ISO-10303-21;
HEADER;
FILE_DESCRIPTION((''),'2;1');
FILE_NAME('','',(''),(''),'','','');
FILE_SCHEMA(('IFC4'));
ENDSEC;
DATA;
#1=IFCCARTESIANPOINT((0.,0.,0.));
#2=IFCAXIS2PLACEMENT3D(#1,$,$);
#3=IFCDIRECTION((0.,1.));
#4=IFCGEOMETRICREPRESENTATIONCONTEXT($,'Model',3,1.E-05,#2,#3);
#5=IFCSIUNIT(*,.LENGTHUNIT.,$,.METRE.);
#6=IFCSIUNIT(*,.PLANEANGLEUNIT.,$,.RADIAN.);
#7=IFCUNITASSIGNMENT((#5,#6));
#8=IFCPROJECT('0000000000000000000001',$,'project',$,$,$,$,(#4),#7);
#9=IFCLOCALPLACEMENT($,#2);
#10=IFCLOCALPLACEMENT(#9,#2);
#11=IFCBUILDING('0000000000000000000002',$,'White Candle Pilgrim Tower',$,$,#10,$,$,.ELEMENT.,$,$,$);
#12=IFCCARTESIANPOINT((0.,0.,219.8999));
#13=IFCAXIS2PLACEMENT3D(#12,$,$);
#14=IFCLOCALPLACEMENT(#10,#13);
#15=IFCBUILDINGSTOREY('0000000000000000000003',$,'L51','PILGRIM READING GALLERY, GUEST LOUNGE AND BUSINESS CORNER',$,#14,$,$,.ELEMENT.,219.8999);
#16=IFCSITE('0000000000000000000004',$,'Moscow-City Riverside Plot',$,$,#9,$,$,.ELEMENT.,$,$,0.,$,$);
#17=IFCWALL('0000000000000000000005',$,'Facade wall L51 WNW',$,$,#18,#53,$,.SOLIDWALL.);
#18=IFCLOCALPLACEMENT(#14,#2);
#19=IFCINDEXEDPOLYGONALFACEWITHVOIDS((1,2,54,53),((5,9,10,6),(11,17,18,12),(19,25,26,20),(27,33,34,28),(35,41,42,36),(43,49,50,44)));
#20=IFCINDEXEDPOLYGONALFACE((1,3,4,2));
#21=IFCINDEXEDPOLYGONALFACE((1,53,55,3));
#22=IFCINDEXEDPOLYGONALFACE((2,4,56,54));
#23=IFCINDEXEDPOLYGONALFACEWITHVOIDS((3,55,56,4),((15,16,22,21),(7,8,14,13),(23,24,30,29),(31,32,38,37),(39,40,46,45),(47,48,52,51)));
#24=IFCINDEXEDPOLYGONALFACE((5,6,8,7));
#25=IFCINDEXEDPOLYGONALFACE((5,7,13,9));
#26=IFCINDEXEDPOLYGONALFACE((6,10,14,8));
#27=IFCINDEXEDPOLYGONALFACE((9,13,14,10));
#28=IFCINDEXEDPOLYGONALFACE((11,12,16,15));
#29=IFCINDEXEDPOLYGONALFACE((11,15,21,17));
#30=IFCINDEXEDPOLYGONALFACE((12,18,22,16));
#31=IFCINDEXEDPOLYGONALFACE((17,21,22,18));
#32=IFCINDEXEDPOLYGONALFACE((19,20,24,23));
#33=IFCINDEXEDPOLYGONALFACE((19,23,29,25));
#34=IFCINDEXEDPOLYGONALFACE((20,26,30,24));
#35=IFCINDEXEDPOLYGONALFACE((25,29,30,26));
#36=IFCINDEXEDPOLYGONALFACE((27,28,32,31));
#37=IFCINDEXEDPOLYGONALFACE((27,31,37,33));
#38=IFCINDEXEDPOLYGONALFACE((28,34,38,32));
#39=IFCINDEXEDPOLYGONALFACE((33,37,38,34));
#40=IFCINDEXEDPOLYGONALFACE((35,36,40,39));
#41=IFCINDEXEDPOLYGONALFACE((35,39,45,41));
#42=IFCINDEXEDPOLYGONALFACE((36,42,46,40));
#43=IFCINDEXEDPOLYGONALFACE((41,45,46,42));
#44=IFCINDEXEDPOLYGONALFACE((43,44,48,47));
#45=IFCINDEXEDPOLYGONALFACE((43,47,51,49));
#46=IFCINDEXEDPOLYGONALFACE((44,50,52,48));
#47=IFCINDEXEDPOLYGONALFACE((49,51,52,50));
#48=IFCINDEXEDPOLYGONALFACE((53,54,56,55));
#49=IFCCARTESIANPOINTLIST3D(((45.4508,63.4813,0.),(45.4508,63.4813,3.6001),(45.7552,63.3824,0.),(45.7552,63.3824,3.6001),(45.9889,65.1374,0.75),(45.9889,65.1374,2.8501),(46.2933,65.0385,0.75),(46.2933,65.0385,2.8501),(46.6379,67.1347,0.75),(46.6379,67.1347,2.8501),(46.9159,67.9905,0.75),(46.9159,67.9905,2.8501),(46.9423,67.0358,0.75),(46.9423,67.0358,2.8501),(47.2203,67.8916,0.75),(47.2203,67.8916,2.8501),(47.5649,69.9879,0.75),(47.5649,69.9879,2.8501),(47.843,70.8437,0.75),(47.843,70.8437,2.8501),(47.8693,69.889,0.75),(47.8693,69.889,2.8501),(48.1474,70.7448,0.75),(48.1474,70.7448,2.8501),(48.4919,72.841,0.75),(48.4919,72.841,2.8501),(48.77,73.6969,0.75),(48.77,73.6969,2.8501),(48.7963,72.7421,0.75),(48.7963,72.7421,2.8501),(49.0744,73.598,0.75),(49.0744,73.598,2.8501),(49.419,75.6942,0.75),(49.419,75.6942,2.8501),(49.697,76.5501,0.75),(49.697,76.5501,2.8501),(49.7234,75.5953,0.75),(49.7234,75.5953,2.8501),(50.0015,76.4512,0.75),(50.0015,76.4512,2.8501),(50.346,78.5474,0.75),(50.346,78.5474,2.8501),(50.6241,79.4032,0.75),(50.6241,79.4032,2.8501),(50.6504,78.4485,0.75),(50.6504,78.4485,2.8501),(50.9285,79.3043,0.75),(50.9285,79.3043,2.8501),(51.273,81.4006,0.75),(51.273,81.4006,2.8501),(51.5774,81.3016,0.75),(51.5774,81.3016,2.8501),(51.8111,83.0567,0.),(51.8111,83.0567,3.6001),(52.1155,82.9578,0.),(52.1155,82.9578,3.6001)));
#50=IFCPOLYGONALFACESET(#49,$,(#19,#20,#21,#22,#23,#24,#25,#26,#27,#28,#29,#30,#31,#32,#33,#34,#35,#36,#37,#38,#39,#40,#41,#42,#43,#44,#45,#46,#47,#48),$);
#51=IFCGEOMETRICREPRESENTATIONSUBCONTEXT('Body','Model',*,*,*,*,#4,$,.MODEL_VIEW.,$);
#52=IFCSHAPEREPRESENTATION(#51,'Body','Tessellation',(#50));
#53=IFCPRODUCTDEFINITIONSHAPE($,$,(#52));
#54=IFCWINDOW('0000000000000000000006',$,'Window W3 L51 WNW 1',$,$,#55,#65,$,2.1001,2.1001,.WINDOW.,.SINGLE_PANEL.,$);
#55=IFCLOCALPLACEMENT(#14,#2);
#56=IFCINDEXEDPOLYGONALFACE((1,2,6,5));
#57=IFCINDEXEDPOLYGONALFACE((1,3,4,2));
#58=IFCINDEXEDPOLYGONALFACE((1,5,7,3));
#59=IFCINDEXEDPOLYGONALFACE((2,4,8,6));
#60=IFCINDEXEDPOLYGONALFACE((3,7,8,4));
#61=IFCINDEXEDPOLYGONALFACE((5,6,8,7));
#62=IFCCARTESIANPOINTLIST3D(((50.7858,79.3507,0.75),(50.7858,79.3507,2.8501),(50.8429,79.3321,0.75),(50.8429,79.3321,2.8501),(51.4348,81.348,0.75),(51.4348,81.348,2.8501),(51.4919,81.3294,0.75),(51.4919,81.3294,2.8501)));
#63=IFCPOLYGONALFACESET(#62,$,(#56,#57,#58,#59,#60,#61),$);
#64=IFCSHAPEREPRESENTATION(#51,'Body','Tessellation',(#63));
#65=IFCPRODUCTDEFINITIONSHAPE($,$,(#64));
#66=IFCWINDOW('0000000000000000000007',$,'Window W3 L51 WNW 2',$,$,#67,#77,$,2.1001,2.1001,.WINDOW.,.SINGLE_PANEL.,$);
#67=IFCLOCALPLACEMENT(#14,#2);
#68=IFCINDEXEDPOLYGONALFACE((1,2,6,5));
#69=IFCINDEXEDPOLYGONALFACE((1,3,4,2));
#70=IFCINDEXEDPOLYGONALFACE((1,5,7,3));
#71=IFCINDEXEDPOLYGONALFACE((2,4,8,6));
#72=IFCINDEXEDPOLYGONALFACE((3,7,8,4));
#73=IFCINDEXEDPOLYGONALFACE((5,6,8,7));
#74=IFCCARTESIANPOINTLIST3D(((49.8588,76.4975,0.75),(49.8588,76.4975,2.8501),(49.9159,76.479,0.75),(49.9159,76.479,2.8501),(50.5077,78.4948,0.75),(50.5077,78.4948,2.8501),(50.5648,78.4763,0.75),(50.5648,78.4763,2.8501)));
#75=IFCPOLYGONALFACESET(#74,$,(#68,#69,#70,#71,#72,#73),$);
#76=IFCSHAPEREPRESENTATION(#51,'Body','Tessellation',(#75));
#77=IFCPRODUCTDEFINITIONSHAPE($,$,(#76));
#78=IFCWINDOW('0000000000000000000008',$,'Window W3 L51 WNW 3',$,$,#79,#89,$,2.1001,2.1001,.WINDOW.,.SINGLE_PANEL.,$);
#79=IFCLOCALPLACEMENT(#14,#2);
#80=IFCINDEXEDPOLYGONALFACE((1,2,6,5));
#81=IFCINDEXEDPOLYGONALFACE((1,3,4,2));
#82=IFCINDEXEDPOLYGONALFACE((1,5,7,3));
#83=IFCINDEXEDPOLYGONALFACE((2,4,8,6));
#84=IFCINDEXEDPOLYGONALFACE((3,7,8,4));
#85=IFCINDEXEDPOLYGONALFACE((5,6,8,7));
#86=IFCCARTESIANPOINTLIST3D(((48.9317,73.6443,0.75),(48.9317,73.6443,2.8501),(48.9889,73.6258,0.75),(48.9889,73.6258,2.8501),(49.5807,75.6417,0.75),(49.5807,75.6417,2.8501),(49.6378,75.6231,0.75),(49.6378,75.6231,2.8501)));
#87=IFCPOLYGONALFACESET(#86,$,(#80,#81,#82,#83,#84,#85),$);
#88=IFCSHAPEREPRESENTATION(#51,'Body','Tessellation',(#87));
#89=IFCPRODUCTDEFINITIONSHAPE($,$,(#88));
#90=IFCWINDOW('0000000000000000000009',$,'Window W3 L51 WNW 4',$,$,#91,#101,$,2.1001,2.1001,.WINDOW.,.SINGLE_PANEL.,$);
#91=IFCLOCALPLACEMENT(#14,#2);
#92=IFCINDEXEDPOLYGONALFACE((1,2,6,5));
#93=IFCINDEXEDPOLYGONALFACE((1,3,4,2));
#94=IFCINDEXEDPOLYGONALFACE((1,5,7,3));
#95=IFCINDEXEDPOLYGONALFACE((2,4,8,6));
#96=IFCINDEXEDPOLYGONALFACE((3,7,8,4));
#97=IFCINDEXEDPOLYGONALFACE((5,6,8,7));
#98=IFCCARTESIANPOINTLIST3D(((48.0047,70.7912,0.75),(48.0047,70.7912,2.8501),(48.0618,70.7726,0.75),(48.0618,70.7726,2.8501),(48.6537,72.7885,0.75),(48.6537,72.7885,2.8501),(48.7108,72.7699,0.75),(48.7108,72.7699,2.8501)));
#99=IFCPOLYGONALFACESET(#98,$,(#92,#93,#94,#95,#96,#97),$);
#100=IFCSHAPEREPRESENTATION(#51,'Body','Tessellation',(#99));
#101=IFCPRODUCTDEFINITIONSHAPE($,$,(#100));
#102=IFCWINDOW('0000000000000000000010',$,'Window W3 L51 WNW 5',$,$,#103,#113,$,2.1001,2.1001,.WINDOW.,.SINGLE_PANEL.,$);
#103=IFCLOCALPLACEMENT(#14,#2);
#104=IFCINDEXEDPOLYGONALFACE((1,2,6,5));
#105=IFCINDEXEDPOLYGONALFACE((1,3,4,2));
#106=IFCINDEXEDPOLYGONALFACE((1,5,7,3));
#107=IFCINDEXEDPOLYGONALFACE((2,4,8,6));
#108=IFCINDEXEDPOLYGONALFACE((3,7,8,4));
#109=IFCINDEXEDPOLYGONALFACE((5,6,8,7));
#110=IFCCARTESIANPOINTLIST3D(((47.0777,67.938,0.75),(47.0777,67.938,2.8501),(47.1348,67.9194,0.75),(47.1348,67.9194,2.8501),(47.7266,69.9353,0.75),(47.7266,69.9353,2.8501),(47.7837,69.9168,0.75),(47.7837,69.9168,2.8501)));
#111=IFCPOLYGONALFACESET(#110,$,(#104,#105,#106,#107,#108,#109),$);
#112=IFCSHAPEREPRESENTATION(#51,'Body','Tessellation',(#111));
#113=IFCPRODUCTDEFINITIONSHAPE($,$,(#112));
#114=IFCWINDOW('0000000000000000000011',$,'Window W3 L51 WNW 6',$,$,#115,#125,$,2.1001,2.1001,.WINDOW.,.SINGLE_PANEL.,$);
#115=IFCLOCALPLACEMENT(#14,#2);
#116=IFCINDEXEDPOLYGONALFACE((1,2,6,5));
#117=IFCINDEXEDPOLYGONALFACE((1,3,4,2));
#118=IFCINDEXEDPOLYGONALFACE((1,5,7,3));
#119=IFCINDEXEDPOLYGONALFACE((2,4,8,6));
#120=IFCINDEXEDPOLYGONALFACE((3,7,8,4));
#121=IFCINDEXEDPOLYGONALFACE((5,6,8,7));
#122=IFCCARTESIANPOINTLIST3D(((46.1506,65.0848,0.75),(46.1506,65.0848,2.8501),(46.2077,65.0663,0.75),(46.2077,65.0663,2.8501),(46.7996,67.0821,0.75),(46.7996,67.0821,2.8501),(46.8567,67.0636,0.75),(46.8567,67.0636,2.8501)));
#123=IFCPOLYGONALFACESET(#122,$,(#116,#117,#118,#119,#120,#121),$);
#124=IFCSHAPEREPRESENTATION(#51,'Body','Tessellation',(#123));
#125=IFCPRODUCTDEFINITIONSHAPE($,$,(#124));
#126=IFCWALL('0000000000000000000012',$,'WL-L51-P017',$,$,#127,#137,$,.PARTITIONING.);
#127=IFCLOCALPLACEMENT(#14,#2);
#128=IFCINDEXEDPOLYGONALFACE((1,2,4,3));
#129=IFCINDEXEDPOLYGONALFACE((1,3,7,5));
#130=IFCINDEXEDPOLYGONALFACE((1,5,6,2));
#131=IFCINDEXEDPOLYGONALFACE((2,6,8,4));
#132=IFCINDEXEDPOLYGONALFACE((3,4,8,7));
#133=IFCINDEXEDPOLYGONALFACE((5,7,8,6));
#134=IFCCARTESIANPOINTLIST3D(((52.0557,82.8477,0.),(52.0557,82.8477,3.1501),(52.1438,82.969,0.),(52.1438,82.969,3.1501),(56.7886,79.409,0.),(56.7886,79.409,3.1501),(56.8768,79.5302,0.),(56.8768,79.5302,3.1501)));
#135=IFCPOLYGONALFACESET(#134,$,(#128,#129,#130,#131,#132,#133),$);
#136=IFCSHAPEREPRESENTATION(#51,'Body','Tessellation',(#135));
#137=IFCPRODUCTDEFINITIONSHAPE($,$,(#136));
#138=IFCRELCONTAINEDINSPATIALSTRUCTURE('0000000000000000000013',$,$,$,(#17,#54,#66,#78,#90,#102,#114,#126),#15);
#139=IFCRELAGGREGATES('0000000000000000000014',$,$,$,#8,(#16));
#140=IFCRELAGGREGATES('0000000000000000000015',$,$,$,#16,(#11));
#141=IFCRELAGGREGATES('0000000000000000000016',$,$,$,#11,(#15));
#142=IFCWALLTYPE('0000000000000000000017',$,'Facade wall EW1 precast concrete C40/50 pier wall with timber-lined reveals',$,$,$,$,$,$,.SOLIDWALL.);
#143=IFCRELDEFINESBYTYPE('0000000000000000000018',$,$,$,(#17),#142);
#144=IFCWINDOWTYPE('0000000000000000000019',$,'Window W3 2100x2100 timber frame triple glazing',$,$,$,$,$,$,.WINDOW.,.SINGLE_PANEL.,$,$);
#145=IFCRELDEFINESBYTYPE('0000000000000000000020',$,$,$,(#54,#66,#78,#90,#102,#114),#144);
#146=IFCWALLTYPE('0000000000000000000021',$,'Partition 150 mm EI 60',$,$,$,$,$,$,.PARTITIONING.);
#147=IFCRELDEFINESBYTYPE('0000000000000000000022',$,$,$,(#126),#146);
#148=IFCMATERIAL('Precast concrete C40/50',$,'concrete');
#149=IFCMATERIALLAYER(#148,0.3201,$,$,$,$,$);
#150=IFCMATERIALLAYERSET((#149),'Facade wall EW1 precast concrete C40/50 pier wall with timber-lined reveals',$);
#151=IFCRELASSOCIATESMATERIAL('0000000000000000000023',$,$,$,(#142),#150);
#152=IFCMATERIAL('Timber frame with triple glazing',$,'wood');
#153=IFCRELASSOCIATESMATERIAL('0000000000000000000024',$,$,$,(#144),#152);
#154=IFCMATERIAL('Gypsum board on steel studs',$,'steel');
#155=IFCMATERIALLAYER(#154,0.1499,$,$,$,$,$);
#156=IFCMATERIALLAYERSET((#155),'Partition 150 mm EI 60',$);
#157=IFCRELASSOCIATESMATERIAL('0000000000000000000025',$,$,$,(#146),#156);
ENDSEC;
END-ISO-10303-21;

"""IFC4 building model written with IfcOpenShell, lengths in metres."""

from ifc_helpers import new_model, si_unit, direction, frame, frame_2d, origin, place, context, subcontext, project, spatial, rectangle, extrude, material, layer, layer_set, type_object, element, fill, save


model = new_model("IFC4")

# Units and contexts
model_context = context("Model", 3, precision=1e-05, world=origin(), true_north=direction((0.0, 1.0)))
body_context = subcontext(model_context, "Body", "Model", "MODEL_VIEW")
ifc_project = project(units=[si_unit("LENGTHUNIT", "METRE"), si_unit("PLANEANGLEUNIT", "RADIAN")], contexts=[model_context])

# Site, building, storey
site_placement = place(None, origin())
site = spatial("IfcSite", under=ifc_project, at=site_placement, Name="Moscow-City Riverside Plot", CompositionType="ELEMENT", RefElevation=0.0)
building_placement = place(site_placement, origin())
building = spatial("IfcBuilding", under=site, at=building_placement, Name="White Candle Pilgrim Tower", CompositionType="ELEMENT")
storey_placement = place(building_placement, frame((0.0, 0.0, 219.8999)))
storey = spatial("IfcBuildingStorey", under=building, at=storey_placement, Name="L51", Description="PILGRIM READING GALLERY, GUEST LOUNGE AND BUSINESS CORNER", CompositionType="ELEMENT", Elevation=219.8999)

# Wall, openings, windows
ifc_material_1 = material(Name="Precast concrete C40/50", Category="concrete")
ifc_layer_1 = layer(ifc_material_1, 0.3201)
ifc_layer_set_1 = layer_set([ifc_layer_1], Name="Facade wall EW1 precast concrete C40/50 pier wall with timber-lined reveals")
wall_type_1 = type_object("IfcWallType", Name="Facade wall EW1 precast concrete C40/50 pier wall with timber-lined reveals", PredefinedType="SOLIDWALL", material=ifc_layer_set_1)
wall_1_placement = place(storey_placement, frame((51.9634, 83.0073, 0.0), z_axis=(0.0, 0.0, 1.0), x_axis=(-0.309013, -0.951058, 0.0)))
wall_1 = element("IfcWall", 1, at=wall_1_placement, inside=storey, type_object=wall_type_1, Name="Facade wall L51 WNW", PredefinedType="SOLIDWALL", context=body_context, shape_type="SweptSolid", body=[
    extrude(rectangle(XDim=20.5828, YDim=0.3201, at=frame_2d((10.2915, 0.0))), origin(), (0.0, 0.0, 1.0), 3.6001),
])
opening_1_placement = place(wall_1_placement, frame((1.7415, 0.0, 0.75)))
opening_1 = element("IfcOpeningElement", 2, at=opening_1_placement, cuts=wall_1, PredefinedType="OPENING", context=body_context, shape_type="SweptSolid", body=[
    extrude(rectangle(XDim=2.1001, YDim=2.1001, at=frame_2d((1.05, 1.05))), frame((0.0, 0.1699, 0.0), z_axis=(0.0, -1.0, 0.0), x_axis=(1.0, 0.0, 0.0)), (0.0, 0.0, 1.0), 0.3401),
])
opening_2_placement = place(wall_1_placement, frame((4.7415, 0.0, 0.75)))
opening_2 = element("IfcOpeningElement", 3, at=opening_2_placement, cuts=wall_1, PredefinedType="OPENING", context=body_context, shape_type="SweptSolid", body=[
    extrude(rectangle(XDim=2.1001, YDim=2.1001, at=frame_2d((1.05, 1.05))), frame((0.0, 0.1699, 0.0), z_axis=(0.0, -1.0, 0.0), x_axis=(1.0, 0.0, 0.0)), (0.0, 0.0, 1.0), 0.3401),
])
opening_3_placement = place(wall_1_placement, frame((7.7415, 0.0, 0.75)))
opening_3 = element("IfcOpeningElement", 4, at=opening_3_placement, cuts=wall_1, PredefinedType="OPENING", context=body_context, shape_type="SweptSolid", body=[
    extrude(rectangle(XDim=2.1001, YDim=2.1001, at=frame_2d((1.05, 1.05))), frame((0.0, 0.1699, 0.0), z_axis=(0.0, -1.0, 0.0), x_axis=(1.0, 0.0, 0.0)), (0.0, 0.0, 1.0), 0.3401),
])
opening_4_placement = place(wall_1_placement, frame((10.7415, 0.0, 0.75)))
opening_4 = element("IfcOpeningElement", 5, at=opening_4_placement, cuts=wall_1, PredefinedType="OPENING", context=body_context, shape_type="SweptSolid", body=[
    extrude(rectangle(XDim=2.1001, YDim=2.1001, at=frame_2d((1.05, 1.05))), frame((0.0, 0.1699, 0.0), z_axis=(0.0, -1.0, 0.0), x_axis=(1.0, 0.0, 0.0)), (0.0, 0.0, 1.0), 0.3401),
])
opening_5_placement = place(wall_1_placement, frame((13.7415, 0.0, 0.75)))
opening_5 = element("IfcOpeningElement", 6, at=opening_5_placement, cuts=wall_1, PredefinedType="OPENING", context=body_context, shape_type="SweptSolid", body=[
    extrude(rectangle(XDim=2.1001, YDim=2.1001, at=frame_2d((1.05, 1.05))), frame((0.0, 0.1699, 0.0), z_axis=(0.0, -1.0, 0.0), x_axis=(1.0, 0.0, 0.0)), (0.0, 0.0, 1.0), 0.3401),
])
opening_6_placement = place(wall_1_placement, frame((16.7415, 0.0, 0.75)))
opening_6 = element("IfcOpeningElement", 7, at=opening_6_placement, cuts=wall_1, PredefinedType="OPENING", context=body_context, shape_type="SweptSolid", body=[
    extrude(rectangle(XDim=2.1001, YDim=2.1001, at=frame_2d((1.05, 1.05))), frame((0.0, 0.1699, 0.0), z_axis=(0.0, -1.0, 0.0), x_axis=(1.0, 0.0, 0.0)), (0.0, 0.0, 1.0), 0.3401),
])
ifc_material_2 = material(Name="Timber frame with triple glazing", Category="wood")
window_type = type_object("IfcWindowType", Name="Window W3 2100x2100 timber frame triple glazing", PartitioningType="SINGLE_PANEL", PredefinedType="WINDOW", material=ifc_material_2)
window_1_placement = place(opening_1_placement, origin())
window_1 = element("IfcWindow", 8, at=window_1_placement, inside=storey, type_object=window_type, Name="Window W3 L51 WNW 1", OverallHeight=2.1001, OverallWidth=2.1001, PartitioningType="SINGLE_PANEL", PredefinedType="WINDOW", context=body_context, shape_type="SweptSolid", body=[
    extrude(rectangle(XDim=2.1001, YDim=2.1001, at=frame_2d((1.05, 1.05))), frame((0.0, 0.0701, 0.0), z_axis=(0.0, -1.0, 0.0), x_axis=(1.0, 0.0, 0.0)), (0.0, 0.0, 1.0), 0.0601),
])
fill(opening_1, window_1)
window_2_placement = place(opening_2_placement, origin())
window_2 = element("IfcWindow", 9, at=window_2_placement, inside=storey, type_object=window_type, Name="Window W3 L51 WNW 2", OverallHeight=2.1001, OverallWidth=2.1001, PartitioningType="SINGLE_PANEL", PredefinedType="WINDOW", context=body_context, shape_type="SweptSolid", body=[
    extrude(rectangle(XDim=2.1001, YDim=2.1001, at=frame_2d((1.05, 1.05))), frame((0.0, 0.0701, 0.0), z_axis=(0.0, -1.0, 0.0), x_axis=(1.0, 0.0, 0.0)), (0.0, 0.0, 1.0), 0.0601),
])
fill(opening_2, window_2)
window_3_placement = place(opening_3_placement, origin())
window_3 = element("IfcWindow", 10, at=window_3_placement, inside=storey, type_object=window_type, Name="Window W3 L51 WNW 3", OverallHeight=2.1001, OverallWidth=2.1001, PartitioningType="SINGLE_PANEL", PredefinedType="WINDOW", context=body_context, shape_type="SweptSolid", body=[
    extrude(rectangle(XDim=2.1001, YDim=2.1001, at=frame_2d((1.05, 1.05))), frame((0.0, 0.0701, 0.0), z_axis=(0.0, -1.0, 0.0), x_axis=(1.0, 0.0, 0.0)), (0.0, 0.0, 1.0), 0.0601),
])
fill(opening_3, window_3)
window_4_placement = place(opening_4_placement, origin())
window_4 = element("IfcWindow", 11, at=window_4_placement, inside=storey, type_object=window_type, Name="Window W3 L51 WNW 4", OverallHeight=2.1001, OverallWidth=2.1001, PartitioningType="SINGLE_PANEL", PredefinedType="WINDOW", context=body_context, shape_type="SweptSolid", body=[
    extrude(rectangle(XDim=2.1001, YDim=2.1001, at=frame_2d((1.05, 1.05))), frame((0.0, 0.0701, 0.0), z_axis=(0.0, -1.0, 0.0), x_axis=(1.0, 0.0, 0.0)), (0.0, 0.0, 1.0), 0.0601),
])
fill(opening_4, window_4)
window_5_placement = place(opening_5_placement, origin())
window_5 = element("IfcWindow", 12, at=window_5_placement, inside=storey, type_object=window_type, Name="Window W3 L51 WNW 5", OverallHeight=2.1001, OverallWidth=2.1001, PartitioningType="SINGLE_PANEL", PredefinedType="WINDOW", context=body_context, shape_type="SweptSolid", body=[
    extrude(rectangle(XDim=2.1001, YDim=2.1001, at=frame_2d((1.05, 1.05))), frame((0.0, 0.0701, 0.0), z_axis=(0.0, -1.0, 0.0), x_axis=(1.0, 0.0, 0.0)), (0.0, 0.0, 1.0), 0.0601),
])
fill(opening_5, window_5)
window_6_placement = place(opening_6_placement, origin())
window_6 = element("IfcWindow", 13, at=window_6_placement, inside=storey, type_object=window_type, Name="Window W3 L51 WNW 6", OverallHeight=2.1001, OverallWidth=2.1001, PartitioningType="SINGLE_PANEL", PredefinedType="WINDOW", context=body_context, shape_type="SweptSolid", body=[
    extrude(rectangle(XDim=2.1001, YDim=2.1001, at=frame_2d((1.05, 1.05))), frame((0.0, 0.0701, 0.0), z_axis=(0.0, -1.0, 0.0), x_axis=(1.0, 0.0, 0.0)), (0.0, 0.0, 1.0), 0.0601),
])
fill(opening_6, window_6)

# Wall
ifc_material_3 = material(Name="Gypsum board on steel studs", Category="steel")
ifc_layer_2 = layer(ifc_material_3, 0.1499)
ifc_layer_set_2 = layer_set([ifc_layer_2], Name="Partition 150 mm EI 60")
wall_type_2 = type_object("IfcWallType", Name="Partition 150 mm EI 60", PredefinedType="PARTITIONING", material=ifc_layer_set_2)
wall_2_placement = place(storey_placement, frame((52.0996, 82.9084, 0.0), z_axis=(0.0, 0.0, 1.0), x_axis=(0.809012, -0.587792, 0.0)))
element("IfcWall", 14, at=wall_2_placement, inside=storey, type_object=wall_type_2, Name="WL-L51-P017", PredefinedType="PARTITIONING", context=body_context, shape_type="SweptSolid", body=[
    extrude(rectangle(XDim=5.8503, YDim=0.1499, at=frame_2d((2.9253, 0.0))), origin(), (0.0, 0.0, 1.0), 3.1501),
])

save(model, "model.ifc")
